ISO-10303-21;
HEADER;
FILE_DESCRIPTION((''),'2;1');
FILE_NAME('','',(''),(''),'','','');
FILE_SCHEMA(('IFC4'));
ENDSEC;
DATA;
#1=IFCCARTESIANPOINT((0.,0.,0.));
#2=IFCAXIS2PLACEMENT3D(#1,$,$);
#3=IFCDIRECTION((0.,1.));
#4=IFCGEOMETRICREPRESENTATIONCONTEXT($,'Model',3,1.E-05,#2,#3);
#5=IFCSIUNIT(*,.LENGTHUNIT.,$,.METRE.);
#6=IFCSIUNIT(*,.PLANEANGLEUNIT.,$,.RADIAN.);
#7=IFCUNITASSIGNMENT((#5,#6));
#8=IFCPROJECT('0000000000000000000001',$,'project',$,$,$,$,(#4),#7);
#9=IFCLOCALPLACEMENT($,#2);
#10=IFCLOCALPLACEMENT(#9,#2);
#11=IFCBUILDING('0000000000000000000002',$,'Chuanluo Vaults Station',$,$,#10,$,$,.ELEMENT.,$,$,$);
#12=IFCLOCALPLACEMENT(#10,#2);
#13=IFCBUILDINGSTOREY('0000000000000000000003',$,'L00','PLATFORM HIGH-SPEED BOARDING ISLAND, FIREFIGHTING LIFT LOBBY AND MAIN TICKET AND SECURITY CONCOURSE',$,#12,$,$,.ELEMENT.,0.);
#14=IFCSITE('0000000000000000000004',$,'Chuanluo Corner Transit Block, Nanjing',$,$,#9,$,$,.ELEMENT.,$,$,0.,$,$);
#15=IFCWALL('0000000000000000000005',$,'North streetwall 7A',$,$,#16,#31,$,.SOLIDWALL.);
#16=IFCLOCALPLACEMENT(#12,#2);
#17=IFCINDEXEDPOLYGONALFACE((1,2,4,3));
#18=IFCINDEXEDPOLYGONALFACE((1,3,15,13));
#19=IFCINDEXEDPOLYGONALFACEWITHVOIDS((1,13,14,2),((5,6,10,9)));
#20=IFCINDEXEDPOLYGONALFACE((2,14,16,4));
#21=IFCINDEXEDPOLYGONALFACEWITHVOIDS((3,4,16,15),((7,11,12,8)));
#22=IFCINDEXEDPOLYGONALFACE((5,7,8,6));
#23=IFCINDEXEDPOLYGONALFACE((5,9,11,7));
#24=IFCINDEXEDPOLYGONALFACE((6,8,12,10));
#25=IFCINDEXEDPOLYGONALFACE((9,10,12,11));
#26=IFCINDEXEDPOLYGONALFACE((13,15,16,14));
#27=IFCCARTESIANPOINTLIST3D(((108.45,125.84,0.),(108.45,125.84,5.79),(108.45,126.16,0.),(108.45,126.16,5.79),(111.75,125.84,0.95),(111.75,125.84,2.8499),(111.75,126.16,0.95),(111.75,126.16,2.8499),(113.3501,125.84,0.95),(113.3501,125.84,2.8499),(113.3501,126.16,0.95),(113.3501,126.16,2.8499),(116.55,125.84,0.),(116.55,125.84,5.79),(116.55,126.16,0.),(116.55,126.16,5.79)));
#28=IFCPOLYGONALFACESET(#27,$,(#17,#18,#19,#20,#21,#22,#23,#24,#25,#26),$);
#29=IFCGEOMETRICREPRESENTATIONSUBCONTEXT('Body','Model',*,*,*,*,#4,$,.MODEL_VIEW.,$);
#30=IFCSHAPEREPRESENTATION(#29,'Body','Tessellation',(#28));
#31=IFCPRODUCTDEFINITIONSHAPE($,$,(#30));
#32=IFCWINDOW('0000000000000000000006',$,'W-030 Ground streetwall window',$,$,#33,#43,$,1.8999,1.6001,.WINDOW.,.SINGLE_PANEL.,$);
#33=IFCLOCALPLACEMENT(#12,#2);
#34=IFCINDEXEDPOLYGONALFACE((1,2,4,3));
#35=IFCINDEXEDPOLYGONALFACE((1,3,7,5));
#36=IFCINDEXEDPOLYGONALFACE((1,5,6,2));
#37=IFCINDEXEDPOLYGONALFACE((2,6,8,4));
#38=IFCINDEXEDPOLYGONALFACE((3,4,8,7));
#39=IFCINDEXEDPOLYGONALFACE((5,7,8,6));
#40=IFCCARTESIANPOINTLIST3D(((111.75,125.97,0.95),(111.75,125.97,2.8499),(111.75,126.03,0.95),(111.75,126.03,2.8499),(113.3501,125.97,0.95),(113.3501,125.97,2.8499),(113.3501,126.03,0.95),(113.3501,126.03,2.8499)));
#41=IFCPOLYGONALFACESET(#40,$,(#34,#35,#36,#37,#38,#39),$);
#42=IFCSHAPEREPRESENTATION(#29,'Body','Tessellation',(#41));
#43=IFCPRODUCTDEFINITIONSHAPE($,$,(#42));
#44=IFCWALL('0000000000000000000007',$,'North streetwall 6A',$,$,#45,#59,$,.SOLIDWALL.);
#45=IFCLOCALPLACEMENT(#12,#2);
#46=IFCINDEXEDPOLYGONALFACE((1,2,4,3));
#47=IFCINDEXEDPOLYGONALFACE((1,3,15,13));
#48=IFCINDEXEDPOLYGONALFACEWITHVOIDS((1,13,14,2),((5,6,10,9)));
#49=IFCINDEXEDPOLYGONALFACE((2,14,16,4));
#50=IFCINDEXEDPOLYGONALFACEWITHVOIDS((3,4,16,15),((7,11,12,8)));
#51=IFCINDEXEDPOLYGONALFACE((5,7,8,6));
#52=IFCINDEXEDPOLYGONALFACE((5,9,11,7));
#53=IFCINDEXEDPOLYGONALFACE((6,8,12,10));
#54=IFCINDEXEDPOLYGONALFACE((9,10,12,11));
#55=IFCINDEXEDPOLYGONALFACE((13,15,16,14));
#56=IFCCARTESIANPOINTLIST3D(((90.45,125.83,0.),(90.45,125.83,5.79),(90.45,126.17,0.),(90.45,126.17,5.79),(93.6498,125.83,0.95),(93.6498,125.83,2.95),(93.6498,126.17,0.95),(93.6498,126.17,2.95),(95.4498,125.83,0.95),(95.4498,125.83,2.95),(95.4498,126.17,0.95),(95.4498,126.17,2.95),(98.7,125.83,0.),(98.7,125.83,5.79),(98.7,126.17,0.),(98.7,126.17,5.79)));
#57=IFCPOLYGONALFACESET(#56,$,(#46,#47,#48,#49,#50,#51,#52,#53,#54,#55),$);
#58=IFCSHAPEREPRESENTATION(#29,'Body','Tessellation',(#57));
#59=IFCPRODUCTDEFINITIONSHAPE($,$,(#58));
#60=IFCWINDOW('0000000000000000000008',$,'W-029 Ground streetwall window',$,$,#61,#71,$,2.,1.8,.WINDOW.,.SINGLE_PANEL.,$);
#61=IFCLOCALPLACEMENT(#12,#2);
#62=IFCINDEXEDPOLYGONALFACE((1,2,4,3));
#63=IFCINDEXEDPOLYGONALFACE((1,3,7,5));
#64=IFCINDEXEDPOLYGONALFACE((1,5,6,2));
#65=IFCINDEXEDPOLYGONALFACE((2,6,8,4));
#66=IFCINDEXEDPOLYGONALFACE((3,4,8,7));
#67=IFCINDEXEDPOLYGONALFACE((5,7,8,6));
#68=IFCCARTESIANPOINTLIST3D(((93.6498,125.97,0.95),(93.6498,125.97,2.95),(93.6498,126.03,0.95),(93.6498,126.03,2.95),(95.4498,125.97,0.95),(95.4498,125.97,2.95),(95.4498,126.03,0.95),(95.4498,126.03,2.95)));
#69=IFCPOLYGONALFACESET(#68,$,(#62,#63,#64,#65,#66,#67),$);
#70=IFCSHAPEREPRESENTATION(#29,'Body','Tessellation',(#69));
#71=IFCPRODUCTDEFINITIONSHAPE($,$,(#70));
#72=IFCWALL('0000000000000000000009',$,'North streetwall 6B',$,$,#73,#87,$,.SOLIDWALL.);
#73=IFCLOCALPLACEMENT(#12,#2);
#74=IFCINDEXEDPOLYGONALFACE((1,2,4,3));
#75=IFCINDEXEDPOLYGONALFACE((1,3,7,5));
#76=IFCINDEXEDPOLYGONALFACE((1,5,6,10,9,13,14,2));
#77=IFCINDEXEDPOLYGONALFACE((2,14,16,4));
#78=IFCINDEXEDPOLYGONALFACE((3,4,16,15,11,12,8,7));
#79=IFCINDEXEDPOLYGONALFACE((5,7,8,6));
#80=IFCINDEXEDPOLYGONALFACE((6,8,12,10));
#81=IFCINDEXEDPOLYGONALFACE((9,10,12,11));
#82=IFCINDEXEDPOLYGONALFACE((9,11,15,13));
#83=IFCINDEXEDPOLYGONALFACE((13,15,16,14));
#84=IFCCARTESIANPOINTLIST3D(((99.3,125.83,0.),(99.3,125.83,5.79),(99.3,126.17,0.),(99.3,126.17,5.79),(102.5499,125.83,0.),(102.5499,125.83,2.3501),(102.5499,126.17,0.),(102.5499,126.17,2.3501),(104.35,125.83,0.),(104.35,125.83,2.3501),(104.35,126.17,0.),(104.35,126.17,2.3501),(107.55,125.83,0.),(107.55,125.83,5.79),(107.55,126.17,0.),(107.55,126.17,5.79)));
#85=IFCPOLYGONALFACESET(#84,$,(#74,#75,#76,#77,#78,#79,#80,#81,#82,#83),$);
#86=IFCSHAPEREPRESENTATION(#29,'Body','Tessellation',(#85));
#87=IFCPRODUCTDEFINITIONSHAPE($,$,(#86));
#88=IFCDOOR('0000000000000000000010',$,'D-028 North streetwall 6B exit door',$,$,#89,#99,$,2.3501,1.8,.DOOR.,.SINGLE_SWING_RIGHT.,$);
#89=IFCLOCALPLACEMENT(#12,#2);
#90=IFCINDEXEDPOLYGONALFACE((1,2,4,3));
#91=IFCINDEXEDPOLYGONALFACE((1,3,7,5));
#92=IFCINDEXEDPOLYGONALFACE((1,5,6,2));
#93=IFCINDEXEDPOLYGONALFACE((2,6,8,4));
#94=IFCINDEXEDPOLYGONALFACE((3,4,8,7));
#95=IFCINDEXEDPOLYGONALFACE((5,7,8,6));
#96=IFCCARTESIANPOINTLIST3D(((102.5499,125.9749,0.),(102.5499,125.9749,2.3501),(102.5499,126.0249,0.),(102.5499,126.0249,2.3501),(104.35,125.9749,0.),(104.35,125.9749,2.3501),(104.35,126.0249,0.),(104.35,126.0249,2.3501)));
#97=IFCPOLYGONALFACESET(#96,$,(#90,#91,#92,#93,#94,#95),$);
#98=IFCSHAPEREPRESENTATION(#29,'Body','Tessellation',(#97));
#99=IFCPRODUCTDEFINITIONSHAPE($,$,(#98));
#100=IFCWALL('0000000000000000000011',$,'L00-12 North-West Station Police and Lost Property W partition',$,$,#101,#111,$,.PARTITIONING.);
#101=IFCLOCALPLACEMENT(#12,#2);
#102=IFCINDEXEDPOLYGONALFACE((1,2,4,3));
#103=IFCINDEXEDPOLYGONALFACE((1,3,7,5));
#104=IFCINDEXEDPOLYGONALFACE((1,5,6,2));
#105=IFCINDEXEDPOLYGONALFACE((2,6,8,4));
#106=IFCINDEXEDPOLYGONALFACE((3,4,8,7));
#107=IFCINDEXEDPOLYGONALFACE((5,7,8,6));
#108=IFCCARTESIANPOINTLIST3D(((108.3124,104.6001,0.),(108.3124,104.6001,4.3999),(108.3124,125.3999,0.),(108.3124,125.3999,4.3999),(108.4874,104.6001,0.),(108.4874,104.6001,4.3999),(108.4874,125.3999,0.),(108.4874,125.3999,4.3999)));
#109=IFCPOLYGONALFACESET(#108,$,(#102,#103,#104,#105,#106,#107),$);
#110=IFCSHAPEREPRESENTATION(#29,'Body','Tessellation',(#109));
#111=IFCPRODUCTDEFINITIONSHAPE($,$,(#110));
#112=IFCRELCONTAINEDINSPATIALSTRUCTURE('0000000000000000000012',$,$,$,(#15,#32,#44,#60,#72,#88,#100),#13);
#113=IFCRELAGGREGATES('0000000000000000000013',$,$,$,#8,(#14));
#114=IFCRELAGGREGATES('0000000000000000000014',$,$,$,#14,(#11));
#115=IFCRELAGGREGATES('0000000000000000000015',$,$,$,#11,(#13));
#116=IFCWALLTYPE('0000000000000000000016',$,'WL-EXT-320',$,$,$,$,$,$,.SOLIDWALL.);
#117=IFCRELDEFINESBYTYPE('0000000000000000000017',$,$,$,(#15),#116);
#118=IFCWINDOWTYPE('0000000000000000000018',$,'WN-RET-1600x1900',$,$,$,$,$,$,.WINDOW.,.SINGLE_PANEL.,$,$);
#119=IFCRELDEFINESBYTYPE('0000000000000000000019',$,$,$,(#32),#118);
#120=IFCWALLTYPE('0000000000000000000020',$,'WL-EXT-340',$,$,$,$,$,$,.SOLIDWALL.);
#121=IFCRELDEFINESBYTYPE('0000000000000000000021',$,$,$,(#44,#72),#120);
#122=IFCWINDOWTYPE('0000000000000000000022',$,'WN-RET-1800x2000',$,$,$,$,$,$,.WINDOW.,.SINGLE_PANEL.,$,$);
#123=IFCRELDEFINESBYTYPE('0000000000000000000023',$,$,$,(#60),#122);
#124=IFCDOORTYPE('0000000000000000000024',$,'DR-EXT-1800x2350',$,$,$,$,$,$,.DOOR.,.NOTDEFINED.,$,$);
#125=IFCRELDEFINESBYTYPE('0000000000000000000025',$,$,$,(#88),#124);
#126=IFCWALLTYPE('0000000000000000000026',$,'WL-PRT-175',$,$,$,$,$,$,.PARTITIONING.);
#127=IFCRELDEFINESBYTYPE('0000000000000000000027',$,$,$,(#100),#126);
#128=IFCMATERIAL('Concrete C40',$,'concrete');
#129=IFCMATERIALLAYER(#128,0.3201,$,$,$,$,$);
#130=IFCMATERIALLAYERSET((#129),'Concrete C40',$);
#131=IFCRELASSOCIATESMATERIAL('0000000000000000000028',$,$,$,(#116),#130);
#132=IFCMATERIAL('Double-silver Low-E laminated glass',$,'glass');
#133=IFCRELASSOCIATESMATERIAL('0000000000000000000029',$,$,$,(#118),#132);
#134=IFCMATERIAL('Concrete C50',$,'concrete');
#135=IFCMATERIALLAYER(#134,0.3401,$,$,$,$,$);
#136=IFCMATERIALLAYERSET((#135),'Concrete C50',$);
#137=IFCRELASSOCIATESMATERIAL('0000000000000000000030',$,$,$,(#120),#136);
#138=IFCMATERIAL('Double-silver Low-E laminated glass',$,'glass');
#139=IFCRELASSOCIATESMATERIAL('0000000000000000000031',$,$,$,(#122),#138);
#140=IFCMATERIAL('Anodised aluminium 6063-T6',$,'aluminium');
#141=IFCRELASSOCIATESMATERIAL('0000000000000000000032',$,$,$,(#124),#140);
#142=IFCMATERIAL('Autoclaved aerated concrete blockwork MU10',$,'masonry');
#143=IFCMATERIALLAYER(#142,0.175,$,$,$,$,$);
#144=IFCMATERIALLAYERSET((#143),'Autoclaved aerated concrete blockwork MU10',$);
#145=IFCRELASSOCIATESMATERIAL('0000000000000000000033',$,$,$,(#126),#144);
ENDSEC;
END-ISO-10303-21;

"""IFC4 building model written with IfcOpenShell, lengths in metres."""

from ifc_helpers import new_model, si_unit, direction, frame, frame_2d, origin, place, context, subcontext, project, spatial, rectangle, extrude, material, layer, layer_set, type_object, element, fill, save


model = new_model("IFC4")

# Units and contexts
model_context = context("Model", 3, precision=1e-05, world=origin(), true_north=direction((0.0, 1.0)))
body_context = subcontext(model_context, "Body", "Model", "MODEL_VIEW")
ifc_project = project(units=[si_unit("LENGTHUNIT", "METRE"), si_unit("PLANEANGLEUNIT", "RADIAN")], contexts=[model_context])

# Site, building, storey
site_placement = place(None, origin())
site = spatial("IfcSite", under=ifc_project, at=site_placement, Name="Chuanluo Corner Transit Block, Nanjing", CompositionType="ELEMENT", RefElevation=0.0)
building_placement = place(site_placement, origin())
building = spatial("IfcBuilding", under=site, at=building_placement, Name="Chuanluo Vaults Station", CompositionType="ELEMENT")
storey_placement = place(building_placement, origin())
storey = spatial("IfcBuildingStorey", under=building, at=storey_placement, Name="L00", Description="PLATFORM HIGH-SPEED BOARDING ISLAND, FIREFIGHTING LIFT LOBBY AND MAIN TICKET AND SECURITY CONCOURSE", CompositionType="ELEMENT", Elevation=0.0)

# Walls, openings, windows
ifc_material_1 = material(Name="Concrete C40", Category="concrete")
ifc_layer_1 = layer(ifc_material_1, 0.3201)
ifc_layer_set_1 = layer_set([ifc_layer_1], Name="Concrete C40")
wall_type_1 = type_object("IfcWallType", Name="WL-EXT-320", PredefinedType="SOLIDWALL", material=ifc_layer_set_1)
wall_1_placement = place(storey_placement, frame((108.45, 126.0, 0.0), z_axis=(0.0, 0.0, 1.0), x_axis=(1.0, 0.0, 0.0)))
wall_1 = element("IfcWall", 1, at=wall_1_placement, inside=storey, type_object=wall_type_1, Name="North streetwall 7A", PredefinedType="SOLIDWALL", context=body_context, shape_type="SweptSolid", body=[
    extrude(rectangle(XDim=8.1001, YDim=0.3201, at=frame_2d((4.05, 0.0))), origin(), (0.0, 0.0, 1.0), 5.79),
])
opening_1_placement = place(wall_1_placement, frame((3.3, 0.0, 0.95)))
opening_1 = element("IfcOpeningElement", 2, at=opening_1_placement, cuts=wall_1, PredefinedType="OPENING", context=body_context, shape_type="SweptSolid", body=[
    extrude(rectangle(XDim=1.6001, YDim=1.8999, at=frame_2d((0.8, 0.95))), frame((0.0, 0.1702, 0.0), z_axis=(0.0, -1.0, 0.0), x_axis=(1.0, 0.0, 0.0)), (0.0, 0.0, 1.0), 0.3401),
])
ifc_material_2 = material(Name="Double-silver Low-E laminated glass", Category="glass")
window_type_1 = type_object("IfcWindowType", Name="WN-RET-1600x1900", PartitioningType="SINGLE_PANEL", PredefinedType="WINDOW", material=ifc_material_2)
window_1_placement = place(opening_1_placement, origin())
window_1 = element("IfcWindow", 3, at=window_1_placement, inside=storey, type_object=window_type_1, Name="W-030 Ground streetwall window", OverallHeight=1.8999, OverallWidth=1.6001, PartitioningType="SINGLE_PANEL", PredefinedType="WINDOW", context=body_context, shape_type="SweptSolid", body=[
    extrude(rectangle(XDim=1.6001, YDim=1.8999, at=frame_2d((0.8, 0.95))), frame((0.0, 0.03, 0.0), z_axis=(0.0, -1.0, 0.0), x_axis=(1.0, 0.0, 0.0)), (0.0, 0.0, 1.0), 0.0601),
])
fill(opening_1, window_1)
ifc_material_3 = material(Name="Concrete C50", Category="concrete")
ifc_layer_2 = layer(ifc_material_3, 0.3401)
ifc_layer_set_2 = layer_set([ifc_layer_2], Name="Concrete C50")
wall_type_2 = type_object("IfcWallType", Name="WL-EXT-340", PredefinedType="SOLIDWALL", material=ifc_layer_set_2)
wall_2_placement = place(storey_placement, frame((90.45, 126.0, 0.0), z_axis=(0.0, 0.0, 1.0), x_axis=(1.0, 0.0, 0.0)))
wall_2 = element("IfcWall", 4, at=wall_2_placement, inside=storey, type_object=wall_type_2, Name="North streetwall 6A", PredefinedType="SOLIDWALL", context=body_context, shape_type="SweptSolid", body=[
    extrude(rectangle(XDim=8.25, YDim=0.3401, at=frame_2d((4.125, 0.0))), origin(), (0.0, 0.0, 1.0), 5.79),
])
opening_2_placement = place(wall_2_placement, frame((3.2, 0.0, 0.95)))
opening_2 = element("IfcOpeningElement", 5, at=opening_2_placement, cuts=wall_2, PredefinedType="OPENING", context=body_context, shape_type="SweptSolid", body=[
    extrude(rectangle(XDim=1.8, YDim=2.0, at=frame_2d((0.8999, 1.0))), frame((0.0, 0.1799, 0.0), z_axis=(0.0, -1.0, 0.0), x_axis=(1.0, 0.0, 0.0)), (0.0, 0.0, 1.0), 0.3601),
])
ifc_material_4 = material(Name="Double-silver Low-E laminated glass", Category="glass")
window_type_2 = type_object("IfcWindowType", Name="WN-RET-1800x2000", PartitioningType="SINGLE_PANEL", PredefinedType="WINDOW", material=ifc_material_4)
window_2_placement = place(opening_2_placement, origin())
window_2 = element("IfcWindow", 6, at=window_2_placement, inside=storey, type_object=window_type_2, Name="W-029 Ground streetwall window", OverallHeight=2.0, OverallWidth=1.8, PartitioningType="SINGLE_PANEL", PredefinedType="WINDOW", context=body_context, shape_type="SweptSolid", body=[
    extrude(rectangle(XDim=1.8, YDim=2.0, at=frame_2d((0.8999, 1.0))), frame((0.0, 0.03, 0.0), z_axis=(0.0, -1.0, 0.0), x_axis=(1.0, 0.0, 0.0)), (0.0, 0.0, 1.0), 0.0601),
])
fill(opening_2, window_2)

# Wall, opening, door
wall_3_placement = place(storey_placement, frame((99.3, 126.0, 0.0), z_axis=(0.0, 0.0, 1.0), x_axis=(1.0, 0.0, 0.0)))
wall_3 = element("IfcWall", 7, at=wall_3_placement, inside=storey, type_object=wall_type_2, Name="North streetwall 6B", PredefinedType="SOLIDWALL", context=body_context, shape_type="SweptSolid", body=[
    extrude(rectangle(XDim=8.25, YDim=0.3401, at=frame_2d((4.125, 0.0))), origin(), (0.0, 0.0, 1.0), 5.79),
])
opening_3_placement = place(wall_3_placement, frame((3.25, 0.0, 0.0)))
opening_3 = element("IfcOpeningElement", 8, at=opening_3_placement, cuts=wall_3, PredefinedType="OPENING", context=body_context, shape_type="SweptSolid", body=[
    extrude(rectangle(XDim=1.8, YDim=2.3501, at=frame_2d((0.8999, 1.175))), frame((0.0, 0.1799, 0.0), z_axis=(0.0, -1.0, 0.0), x_axis=(1.0, 0.0, 0.0)), (0.0, 0.0, 1.0), 0.3601),
])
ifc_material_5 = material(Name="Anodised aluminium 6063-T6", Category="aluminium")
door_type = type_object("IfcDoorType", Name="DR-EXT-1800x2350", OperationType="NOTDEFINED", PredefinedType="DOOR", material=ifc_material_5)
door_placement = place(opening_3_placement, origin())
door = element("IfcDoor", 9, at=door_placement, inside=storey, type_object=door_type, Name="D-028 North streetwall 6B exit door", OperationType="SINGLE_SWING_RIGHT", OverallHeight=2.3501, OverallWidth=1.8, PredefinedType="DOOR", context=body_context, shape_type="SweptSolid", body=[
    extrude(rectangle(XDim=1.8, YDim=2.3501, at=frame_2d((0.8999, 1.175))), frame((0.0, 0.0249, 0.0), z_axis=(0.0, -1.0, 0.0), x_axis=(1.0, 0.0, 0.0)), (0.0, 0.0, 1.0), 0.05),
])
fill(opening_3, door)

# Wall
ifc_material_6 = material(Name="Autoclaved aerated concrete blockwork MU10", Category="masonry")
ifc_layer_3 = layer(ifc_material_6, 0.175)
ifc_layer_set_3 = layer_set([ifc_layer_3], Name="Autoclaved aerated concrete blockwork MU10")
wall_type_3 = type_object("IfcWallType", Name="WL-PRT-175", PredefinedType="PARTITIONING", material=ifc_layer_set_3)
wall_4_placement = place(storey_placement, frame((108.3999, 104.6001, 0.0), z_axis=(0.0, 0.0, 1.0), x_axis=(0.0, 1.0, 0.0)))
element("IfcWall", 10, at=wall_4_placement, inside=storey, type_object=wall_type_3, Name="L00-12 North-West Station Police and Lost Property W partition", PredefinedType="PARTITIONING", context=body_context, shape_type="SweptSolid", body=[
    extrude(rectangle(XDim=20.7998, YDim=0.175, at=frame_2d((10.3999, 0.0))), origin(), (0.0, 0.0, 1.0), 4.3999),
])

save(model, "model.ifc")
